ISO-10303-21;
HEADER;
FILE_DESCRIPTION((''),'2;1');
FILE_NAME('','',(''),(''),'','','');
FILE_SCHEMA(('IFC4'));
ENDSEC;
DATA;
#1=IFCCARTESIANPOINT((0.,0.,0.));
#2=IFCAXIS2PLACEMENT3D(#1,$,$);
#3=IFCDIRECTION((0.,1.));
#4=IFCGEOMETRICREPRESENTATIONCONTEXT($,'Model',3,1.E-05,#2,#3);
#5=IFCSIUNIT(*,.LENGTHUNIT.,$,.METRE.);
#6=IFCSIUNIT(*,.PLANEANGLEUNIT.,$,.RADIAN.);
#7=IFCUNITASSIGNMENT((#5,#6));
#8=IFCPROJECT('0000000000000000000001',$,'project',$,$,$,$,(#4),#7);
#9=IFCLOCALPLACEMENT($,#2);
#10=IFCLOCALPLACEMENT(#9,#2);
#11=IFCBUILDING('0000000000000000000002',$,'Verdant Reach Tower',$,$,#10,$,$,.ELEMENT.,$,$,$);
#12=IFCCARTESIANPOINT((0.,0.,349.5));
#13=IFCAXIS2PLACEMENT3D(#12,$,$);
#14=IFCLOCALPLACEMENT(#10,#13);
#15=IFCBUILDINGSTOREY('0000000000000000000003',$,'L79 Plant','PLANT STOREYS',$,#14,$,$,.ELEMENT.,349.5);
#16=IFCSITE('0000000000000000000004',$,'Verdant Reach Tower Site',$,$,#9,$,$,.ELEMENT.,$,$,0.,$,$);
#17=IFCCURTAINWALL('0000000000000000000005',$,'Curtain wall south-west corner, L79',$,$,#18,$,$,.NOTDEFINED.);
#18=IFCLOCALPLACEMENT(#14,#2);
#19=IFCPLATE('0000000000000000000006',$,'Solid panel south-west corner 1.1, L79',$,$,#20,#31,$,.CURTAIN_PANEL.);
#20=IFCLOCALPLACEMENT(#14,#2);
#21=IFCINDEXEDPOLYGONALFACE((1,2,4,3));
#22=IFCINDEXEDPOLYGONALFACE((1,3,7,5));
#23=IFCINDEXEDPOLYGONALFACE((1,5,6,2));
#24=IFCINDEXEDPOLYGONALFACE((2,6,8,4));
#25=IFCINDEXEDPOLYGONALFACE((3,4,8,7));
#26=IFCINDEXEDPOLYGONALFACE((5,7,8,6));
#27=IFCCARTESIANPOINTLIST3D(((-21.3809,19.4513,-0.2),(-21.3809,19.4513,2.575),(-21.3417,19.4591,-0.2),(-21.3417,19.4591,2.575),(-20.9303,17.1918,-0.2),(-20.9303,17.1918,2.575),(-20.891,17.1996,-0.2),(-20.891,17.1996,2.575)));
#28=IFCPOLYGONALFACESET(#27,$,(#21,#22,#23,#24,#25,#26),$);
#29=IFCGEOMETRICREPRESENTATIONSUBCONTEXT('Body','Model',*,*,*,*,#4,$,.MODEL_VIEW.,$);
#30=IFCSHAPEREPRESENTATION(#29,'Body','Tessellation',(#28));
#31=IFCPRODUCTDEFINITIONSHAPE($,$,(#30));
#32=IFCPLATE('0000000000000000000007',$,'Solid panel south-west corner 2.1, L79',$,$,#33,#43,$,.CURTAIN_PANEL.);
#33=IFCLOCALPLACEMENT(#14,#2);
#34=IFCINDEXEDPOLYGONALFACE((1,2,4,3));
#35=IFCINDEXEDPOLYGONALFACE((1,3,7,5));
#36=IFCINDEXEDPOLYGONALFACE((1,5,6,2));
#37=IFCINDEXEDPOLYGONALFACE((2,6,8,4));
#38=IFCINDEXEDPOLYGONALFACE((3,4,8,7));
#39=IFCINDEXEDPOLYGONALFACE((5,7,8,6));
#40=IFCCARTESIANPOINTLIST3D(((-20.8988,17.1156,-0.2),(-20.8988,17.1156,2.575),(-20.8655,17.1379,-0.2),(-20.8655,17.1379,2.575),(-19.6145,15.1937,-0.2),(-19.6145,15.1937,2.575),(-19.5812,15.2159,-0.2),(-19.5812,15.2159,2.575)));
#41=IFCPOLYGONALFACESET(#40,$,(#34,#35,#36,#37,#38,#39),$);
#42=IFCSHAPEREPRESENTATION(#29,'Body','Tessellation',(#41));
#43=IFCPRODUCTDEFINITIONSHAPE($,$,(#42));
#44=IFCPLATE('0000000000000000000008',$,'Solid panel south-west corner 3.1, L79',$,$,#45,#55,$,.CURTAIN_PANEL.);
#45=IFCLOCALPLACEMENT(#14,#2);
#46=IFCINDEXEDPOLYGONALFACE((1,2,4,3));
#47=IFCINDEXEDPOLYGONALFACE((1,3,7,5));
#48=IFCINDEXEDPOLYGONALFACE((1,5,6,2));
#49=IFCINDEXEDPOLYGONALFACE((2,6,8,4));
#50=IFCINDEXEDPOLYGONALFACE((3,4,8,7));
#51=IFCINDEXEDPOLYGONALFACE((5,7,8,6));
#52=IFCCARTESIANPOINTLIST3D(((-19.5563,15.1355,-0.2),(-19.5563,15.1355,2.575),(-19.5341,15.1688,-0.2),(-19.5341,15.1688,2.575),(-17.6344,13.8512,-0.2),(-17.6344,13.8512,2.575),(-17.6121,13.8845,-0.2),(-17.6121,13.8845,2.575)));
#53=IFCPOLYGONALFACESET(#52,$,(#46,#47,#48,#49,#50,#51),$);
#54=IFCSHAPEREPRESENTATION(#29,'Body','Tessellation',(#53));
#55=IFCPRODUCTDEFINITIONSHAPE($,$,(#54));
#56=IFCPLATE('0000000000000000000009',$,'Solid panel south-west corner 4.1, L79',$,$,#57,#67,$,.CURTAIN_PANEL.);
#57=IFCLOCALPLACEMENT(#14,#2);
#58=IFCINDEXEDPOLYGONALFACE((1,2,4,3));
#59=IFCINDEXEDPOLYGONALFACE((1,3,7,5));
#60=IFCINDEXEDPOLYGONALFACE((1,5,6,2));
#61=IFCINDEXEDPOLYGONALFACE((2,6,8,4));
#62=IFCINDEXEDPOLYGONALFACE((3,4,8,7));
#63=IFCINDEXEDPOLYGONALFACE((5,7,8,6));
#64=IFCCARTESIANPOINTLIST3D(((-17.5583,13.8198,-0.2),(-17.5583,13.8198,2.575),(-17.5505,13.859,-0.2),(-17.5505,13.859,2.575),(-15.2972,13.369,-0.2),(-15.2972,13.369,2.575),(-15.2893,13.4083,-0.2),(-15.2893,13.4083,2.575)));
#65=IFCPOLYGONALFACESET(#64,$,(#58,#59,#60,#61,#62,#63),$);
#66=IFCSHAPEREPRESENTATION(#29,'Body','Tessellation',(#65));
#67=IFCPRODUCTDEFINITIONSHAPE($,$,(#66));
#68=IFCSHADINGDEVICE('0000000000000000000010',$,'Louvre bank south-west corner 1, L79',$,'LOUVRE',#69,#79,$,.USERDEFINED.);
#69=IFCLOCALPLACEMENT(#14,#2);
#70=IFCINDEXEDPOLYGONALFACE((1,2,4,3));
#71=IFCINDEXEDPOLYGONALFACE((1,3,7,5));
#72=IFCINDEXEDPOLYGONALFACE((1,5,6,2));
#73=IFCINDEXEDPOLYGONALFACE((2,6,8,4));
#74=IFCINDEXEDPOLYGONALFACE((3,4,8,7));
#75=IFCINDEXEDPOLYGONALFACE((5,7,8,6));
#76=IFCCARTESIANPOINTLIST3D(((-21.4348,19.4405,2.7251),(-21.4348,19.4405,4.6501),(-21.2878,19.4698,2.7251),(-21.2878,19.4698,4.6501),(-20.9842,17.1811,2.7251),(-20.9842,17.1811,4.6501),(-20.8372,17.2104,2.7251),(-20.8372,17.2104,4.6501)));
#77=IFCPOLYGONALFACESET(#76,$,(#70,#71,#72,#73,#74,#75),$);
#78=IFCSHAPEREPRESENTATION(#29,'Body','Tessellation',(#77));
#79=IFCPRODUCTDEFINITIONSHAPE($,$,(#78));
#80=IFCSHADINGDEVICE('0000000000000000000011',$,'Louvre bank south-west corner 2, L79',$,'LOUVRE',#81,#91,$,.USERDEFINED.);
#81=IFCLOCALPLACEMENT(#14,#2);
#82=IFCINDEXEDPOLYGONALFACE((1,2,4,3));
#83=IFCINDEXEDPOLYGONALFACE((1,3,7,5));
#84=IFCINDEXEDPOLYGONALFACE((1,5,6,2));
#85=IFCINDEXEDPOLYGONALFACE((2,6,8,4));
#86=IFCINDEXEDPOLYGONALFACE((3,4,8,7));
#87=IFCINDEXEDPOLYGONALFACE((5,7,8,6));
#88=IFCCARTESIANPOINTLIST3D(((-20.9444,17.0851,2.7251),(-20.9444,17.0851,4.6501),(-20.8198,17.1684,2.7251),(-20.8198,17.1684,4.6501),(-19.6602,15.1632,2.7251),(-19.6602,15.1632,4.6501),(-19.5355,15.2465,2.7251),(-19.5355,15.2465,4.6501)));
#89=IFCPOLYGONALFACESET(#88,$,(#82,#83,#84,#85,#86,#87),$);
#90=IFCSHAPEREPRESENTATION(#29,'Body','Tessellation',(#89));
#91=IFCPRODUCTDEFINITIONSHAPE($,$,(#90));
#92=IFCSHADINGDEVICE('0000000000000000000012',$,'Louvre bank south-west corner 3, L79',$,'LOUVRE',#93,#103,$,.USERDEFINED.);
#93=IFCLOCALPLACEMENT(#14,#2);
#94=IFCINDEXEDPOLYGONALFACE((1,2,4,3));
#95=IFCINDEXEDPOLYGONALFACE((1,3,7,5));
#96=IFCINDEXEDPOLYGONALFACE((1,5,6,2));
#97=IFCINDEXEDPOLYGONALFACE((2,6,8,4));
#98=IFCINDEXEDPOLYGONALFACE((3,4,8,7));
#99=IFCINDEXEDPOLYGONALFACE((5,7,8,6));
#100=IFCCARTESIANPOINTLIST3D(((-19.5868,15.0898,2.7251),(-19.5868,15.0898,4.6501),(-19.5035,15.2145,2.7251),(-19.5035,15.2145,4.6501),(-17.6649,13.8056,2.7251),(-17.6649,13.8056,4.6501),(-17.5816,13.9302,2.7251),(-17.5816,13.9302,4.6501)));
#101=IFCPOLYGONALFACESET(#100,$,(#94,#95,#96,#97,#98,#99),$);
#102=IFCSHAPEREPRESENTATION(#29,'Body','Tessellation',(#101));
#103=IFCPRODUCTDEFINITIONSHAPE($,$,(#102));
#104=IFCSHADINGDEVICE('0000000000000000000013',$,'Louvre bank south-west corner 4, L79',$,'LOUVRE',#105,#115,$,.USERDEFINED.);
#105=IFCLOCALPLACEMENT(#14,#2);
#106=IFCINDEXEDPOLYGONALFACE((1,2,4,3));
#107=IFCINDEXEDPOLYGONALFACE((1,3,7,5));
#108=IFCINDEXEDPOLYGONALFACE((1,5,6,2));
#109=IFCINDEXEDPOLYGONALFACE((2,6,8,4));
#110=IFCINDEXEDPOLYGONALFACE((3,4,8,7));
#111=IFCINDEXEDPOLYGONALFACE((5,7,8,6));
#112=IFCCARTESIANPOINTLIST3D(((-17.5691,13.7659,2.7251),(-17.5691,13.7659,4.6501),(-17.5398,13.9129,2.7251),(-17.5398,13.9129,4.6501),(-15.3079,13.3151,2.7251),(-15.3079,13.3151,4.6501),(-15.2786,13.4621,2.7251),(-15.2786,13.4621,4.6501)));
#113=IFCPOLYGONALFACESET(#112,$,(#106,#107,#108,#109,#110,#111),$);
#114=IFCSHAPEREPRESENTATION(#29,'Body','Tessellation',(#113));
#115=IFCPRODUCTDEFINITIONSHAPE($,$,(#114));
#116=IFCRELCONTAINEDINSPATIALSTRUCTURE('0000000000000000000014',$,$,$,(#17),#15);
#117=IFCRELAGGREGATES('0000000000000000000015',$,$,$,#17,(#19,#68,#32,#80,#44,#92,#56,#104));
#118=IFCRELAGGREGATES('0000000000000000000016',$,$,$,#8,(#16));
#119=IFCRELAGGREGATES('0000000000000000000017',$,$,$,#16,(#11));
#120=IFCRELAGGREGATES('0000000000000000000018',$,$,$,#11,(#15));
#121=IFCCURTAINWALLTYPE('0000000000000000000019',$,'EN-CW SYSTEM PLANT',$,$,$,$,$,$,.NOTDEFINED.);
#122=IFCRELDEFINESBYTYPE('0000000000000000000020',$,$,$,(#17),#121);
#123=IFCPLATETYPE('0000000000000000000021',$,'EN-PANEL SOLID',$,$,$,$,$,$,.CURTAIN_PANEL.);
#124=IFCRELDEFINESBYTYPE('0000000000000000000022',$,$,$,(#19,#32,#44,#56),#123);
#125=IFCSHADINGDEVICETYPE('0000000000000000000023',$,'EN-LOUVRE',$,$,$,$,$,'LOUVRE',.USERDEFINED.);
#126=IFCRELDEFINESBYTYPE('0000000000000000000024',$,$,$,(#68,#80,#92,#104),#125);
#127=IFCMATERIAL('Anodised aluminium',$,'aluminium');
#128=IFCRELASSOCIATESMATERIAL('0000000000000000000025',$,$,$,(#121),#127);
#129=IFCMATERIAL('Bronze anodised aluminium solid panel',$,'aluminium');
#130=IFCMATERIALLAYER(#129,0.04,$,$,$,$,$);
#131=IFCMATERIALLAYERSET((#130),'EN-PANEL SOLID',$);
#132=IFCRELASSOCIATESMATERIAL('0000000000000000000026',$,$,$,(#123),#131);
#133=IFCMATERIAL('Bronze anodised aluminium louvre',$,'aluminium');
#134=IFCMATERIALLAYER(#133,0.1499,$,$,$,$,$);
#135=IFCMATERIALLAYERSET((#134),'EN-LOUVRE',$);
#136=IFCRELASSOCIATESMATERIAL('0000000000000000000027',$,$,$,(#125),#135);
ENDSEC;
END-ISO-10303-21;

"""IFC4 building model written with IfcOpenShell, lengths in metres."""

from ifc_helpers import new_model, si_unit, direction, frame, origin, origin_2d, place, context, subcontext, project, spatial, rectangle, extrude, material, layer, layer_set, type_object, element, aggregate, save


model = new_model("IFC4")

# Units and contexts
model_context = context("Model", 3, precision=1e-05, world=origin(), true_north=direction((0.0, 1.0)))
body_context = subcontext(model_context, "Body", "Model", "MODEL_VIEW")
ifc_project = project(units=[si_unit("LENGTHUNIT", "METRE"), si_unit("PLANEANGLEUNIT", "RADIAN")], contexts=[model_context])

# Site, building, storey
site_placement = place(None, origin())
site = spatial("IfcSite", under=ifc_project, at=site_placement, Name="Verdant Reach Tower Site", CompositionType="ELEMENT", RefElevation=0.0)
building_placement = place(site_placement, origin())
building = spatial("IfcBuilding", under=site, at=building_placement, Name="Verdant Reach Tower", CompositionType="ELEMENT")
storey_placement = place(building_placement, frame((0.0, 0.0, 349.5)))
storey = spatial("IfcBuildingStorey", under=building, at=storey_placement, Name="L79 Plant", Description="PLANT STOREYS", CompositionType="ELEMENT", Elevation=349.5)

# Curtain wall
ifc_material_1 = material(Name="Anodised aluminium", Category="aluminium")
curtain_wall_type = type_object("IfcCurtainWallType", Name="EN-CW SYSTEM PLANT", PredefinedType="NOTDEFINED", material=ifc_material_1)
curtain_wall_1_placement = place(storey_placement, origin())
curtain_wall_1 = element("IfcCurtainWall", 1, at=curtain_wall_1_placement, inside=storey, type_object=curtain_wall_type, Name="Curtain wall south-west corner, L79", PredefinedType="NOTDEFINED")

# Plates
ifc_material_2 = material(Name="Bronze anodised aluminium solid panel", Category="aluminium")
ifc_layer_1 = layer(ifc_material_2, 0.04)
ifc_layer_set_1 = layer_set([ifc_layer_1], Name="EN-PANEL SOLID")
plate_type = type_object("IfcPlateType", Name="EN-PANEL SOLID", PredefinedType="CURTAIN_PANEL", material=ifc_layer_set_1)
plate_1_placement = place(storey_placement, frame((-21.136, 18.3254, -0.2), z_axis=(0.0, 0.0, 1.0), x_axis=(0.195593, -0.980685, 0.0)))
plate_1 = element("IfcPlate", 2, at=plate_1_placement, type_object=plate_type, Name="Solid panel south-west corner 1.1, L79", PredefinedType="CURTAIN_PANEL", context=body_context, shape_type="SweptSolid", body=[
    extrude(rectangle(XDim=2.304, YDim=0.04, at=origin_2d()), origin(), (0.0, 0.0, 1.0), 2.7749),
])
plate_2_placement = place(storey_placement, frame((-20.24, 16.1658, -0.2), z_axis=(0.0, 0.0, 1.0), x_axis=(0.555596, -0.831452, 0.0)))
plate_2 = element("IfcPlate", 3, at=plate_2_placement, type_object=plate_type, Name="Solid panel south-west corner 2.1, L79", PredefinedType="CURTAIN_PANEL", context=body_context, shape_type="SweptSolid", body=[
    extrude(rectangle(XDim=2.3115, YDim=0.04, at=origin_2d()), origin(), (0.0, 0.0, 1.0), 2.7749),
])
plate_3_placement = place(storey_placement, frame((-18.5842, 14.51, -0.2), z_axis=(0.0, 0.0, 1.0), x_axis=(0.831452, -0.555596, 0.0)))
plate_3 = element("IfcPlate", 4, at=plate_3_placement, type_object=plate_type, Name="Solid panel south-west corner 3.1, L79", PredefinedType="CURTAIN_PANEL", context=body_context, shape_type="SweptSolid", body=[
    extrude(rectangle(XDim=2.3115, YDim=0.04, at=origin_2d()), origin(), (0.0, 0.0, 1.0), 2.7749),
])
plate_4_placement = place(storey_placement, frame((-16.4238, 13.614, -0.2), z_axis=(0.0, 0.0, 1.0), x_axis=(0.980705, -0.195493, 0.0)))
plate_4 = element("IfcPlate", 5, at=plate_4_placement, type_object=plate_type, Name="Solid panel south-west corner 4.1, L79", PredefinedType="CURTAIN_PANEL", context=body_context, shape_type="SweptSolid", body=[
    extrude(rectangle(XDim=2.3057, YDim=0.04, at=origin_2d()), origin(), (0.0, 0.0, 1.0), 2.7749),
])

# Shading devices
ifc_material_3 = material(Name="Bronze anodised aluminium louvre", Category="aluminium")
ifc_layer_2 = layer(ifc_material_3, 0.1499)
ifc_layer_set_2 = layer_set([ifc_layer_2], Name="EN-LOUVRE")
shading_device_type = type_object("IfcShadingDeviceType", Name="EN-LOUVRE", ElementType="LOUVRE", PredefinedType="USERDEFINED", material=ifc_layer_set_2)
shading_device_1_placement = place(storey_placement, frame((-21.136, 18.3254, 2.7251), z_axis=(0.0, 0.0, 1.0), x_axis=(0.195593, -0.980685, 0.0)))
shading_device_1 = element("IfcShadingDevice", 6, at=shading_device_1_placement, type_object=shading_device_type, Name="Louvre bank south-west corner 1, L79", ObjectType="LOUVRE", PredefinedType="USERDEFINED", context=body_context, shape_type="SweptSolid", body=[
    extrude(rectangle(XDim=2.304, YDim=0.1499, at=origin_2d()), origin(), (0.0, 0.0, 1.0), 1.925),
])
shading_device_2_placement = place(storey_placement, frame((-20.24, 16.1658, 2.7251), z_axis=(0.0, 0.0, 1.0), x_axis=(0.555596, -0.831452, 0.0)))
shading_device_2 = element("IfcShadingDevice", 7, at=shading_device_2_placement, type_object=shading_device_type, Name="Louvre bank south-west corner 2, L79", ObjectType="LOUVRE", PredefinedType="USERDEFINED", context=body_context, shape_type="SweptSolid", body=[
    extrude(rectangle(XDim=2.3115, YDim=0.1499, at=origin_2d()), origin(), (0.0, 0.0, 1.0), 1.925),
])
shading_device_3_placement = place(storey_placement, frame((-18.5842, 14.51, 2.7251), z_axis=(0.0, 0.0, 1.0), x_axis=(0.831452, -0.555596, 0.0)))
shading_device_3 = element("IfcShadingDevice", 8, at=shading_device_3_placement, type_object=shading_device_type, Name="Louvre bank south-west corner 3, L79", ObjectType="LOUVRE", PredefinedType="USERDEFINED", context=body_context, shape_type="SweptSolid", body=[
    extrude(rectangle(XDim=2.3115, YDim=0.1499, at=origin_2d()), origin(), (0.0, 0.0, 1.0), 1.925),
])
shading_device_4_placement = place(storey_placement, frame((-16.4238, 13.614, 2.7251), z_axis=(0.0, 0.0, 1.0), x_axis=(0.980705, -0.195493, 0.0)))
shading_device_4 = element("IfcShadingDevice", 9, at=shading_device_4_placement, type_object=shading_device_type, Name="Louvre bank south-west corner 4, L79", ObjectType="LOUVRE", PredefinedType="USERDEFINED", context=body_context, shape_type="SweptSolid", body=[
    extrude(rectangle(XDim=2.3057, YDim=0.1499, at=origin_2d()), origin(), (0.0, 0.0, 1.0), 1.925),
])
aggregate(curtain_wall_1, [plate_1, shading_device_1, plate_2, shading_device_2, plate_3, shading_device_3, plate_4, shading_device_4])

save(model, "model.ifc")
